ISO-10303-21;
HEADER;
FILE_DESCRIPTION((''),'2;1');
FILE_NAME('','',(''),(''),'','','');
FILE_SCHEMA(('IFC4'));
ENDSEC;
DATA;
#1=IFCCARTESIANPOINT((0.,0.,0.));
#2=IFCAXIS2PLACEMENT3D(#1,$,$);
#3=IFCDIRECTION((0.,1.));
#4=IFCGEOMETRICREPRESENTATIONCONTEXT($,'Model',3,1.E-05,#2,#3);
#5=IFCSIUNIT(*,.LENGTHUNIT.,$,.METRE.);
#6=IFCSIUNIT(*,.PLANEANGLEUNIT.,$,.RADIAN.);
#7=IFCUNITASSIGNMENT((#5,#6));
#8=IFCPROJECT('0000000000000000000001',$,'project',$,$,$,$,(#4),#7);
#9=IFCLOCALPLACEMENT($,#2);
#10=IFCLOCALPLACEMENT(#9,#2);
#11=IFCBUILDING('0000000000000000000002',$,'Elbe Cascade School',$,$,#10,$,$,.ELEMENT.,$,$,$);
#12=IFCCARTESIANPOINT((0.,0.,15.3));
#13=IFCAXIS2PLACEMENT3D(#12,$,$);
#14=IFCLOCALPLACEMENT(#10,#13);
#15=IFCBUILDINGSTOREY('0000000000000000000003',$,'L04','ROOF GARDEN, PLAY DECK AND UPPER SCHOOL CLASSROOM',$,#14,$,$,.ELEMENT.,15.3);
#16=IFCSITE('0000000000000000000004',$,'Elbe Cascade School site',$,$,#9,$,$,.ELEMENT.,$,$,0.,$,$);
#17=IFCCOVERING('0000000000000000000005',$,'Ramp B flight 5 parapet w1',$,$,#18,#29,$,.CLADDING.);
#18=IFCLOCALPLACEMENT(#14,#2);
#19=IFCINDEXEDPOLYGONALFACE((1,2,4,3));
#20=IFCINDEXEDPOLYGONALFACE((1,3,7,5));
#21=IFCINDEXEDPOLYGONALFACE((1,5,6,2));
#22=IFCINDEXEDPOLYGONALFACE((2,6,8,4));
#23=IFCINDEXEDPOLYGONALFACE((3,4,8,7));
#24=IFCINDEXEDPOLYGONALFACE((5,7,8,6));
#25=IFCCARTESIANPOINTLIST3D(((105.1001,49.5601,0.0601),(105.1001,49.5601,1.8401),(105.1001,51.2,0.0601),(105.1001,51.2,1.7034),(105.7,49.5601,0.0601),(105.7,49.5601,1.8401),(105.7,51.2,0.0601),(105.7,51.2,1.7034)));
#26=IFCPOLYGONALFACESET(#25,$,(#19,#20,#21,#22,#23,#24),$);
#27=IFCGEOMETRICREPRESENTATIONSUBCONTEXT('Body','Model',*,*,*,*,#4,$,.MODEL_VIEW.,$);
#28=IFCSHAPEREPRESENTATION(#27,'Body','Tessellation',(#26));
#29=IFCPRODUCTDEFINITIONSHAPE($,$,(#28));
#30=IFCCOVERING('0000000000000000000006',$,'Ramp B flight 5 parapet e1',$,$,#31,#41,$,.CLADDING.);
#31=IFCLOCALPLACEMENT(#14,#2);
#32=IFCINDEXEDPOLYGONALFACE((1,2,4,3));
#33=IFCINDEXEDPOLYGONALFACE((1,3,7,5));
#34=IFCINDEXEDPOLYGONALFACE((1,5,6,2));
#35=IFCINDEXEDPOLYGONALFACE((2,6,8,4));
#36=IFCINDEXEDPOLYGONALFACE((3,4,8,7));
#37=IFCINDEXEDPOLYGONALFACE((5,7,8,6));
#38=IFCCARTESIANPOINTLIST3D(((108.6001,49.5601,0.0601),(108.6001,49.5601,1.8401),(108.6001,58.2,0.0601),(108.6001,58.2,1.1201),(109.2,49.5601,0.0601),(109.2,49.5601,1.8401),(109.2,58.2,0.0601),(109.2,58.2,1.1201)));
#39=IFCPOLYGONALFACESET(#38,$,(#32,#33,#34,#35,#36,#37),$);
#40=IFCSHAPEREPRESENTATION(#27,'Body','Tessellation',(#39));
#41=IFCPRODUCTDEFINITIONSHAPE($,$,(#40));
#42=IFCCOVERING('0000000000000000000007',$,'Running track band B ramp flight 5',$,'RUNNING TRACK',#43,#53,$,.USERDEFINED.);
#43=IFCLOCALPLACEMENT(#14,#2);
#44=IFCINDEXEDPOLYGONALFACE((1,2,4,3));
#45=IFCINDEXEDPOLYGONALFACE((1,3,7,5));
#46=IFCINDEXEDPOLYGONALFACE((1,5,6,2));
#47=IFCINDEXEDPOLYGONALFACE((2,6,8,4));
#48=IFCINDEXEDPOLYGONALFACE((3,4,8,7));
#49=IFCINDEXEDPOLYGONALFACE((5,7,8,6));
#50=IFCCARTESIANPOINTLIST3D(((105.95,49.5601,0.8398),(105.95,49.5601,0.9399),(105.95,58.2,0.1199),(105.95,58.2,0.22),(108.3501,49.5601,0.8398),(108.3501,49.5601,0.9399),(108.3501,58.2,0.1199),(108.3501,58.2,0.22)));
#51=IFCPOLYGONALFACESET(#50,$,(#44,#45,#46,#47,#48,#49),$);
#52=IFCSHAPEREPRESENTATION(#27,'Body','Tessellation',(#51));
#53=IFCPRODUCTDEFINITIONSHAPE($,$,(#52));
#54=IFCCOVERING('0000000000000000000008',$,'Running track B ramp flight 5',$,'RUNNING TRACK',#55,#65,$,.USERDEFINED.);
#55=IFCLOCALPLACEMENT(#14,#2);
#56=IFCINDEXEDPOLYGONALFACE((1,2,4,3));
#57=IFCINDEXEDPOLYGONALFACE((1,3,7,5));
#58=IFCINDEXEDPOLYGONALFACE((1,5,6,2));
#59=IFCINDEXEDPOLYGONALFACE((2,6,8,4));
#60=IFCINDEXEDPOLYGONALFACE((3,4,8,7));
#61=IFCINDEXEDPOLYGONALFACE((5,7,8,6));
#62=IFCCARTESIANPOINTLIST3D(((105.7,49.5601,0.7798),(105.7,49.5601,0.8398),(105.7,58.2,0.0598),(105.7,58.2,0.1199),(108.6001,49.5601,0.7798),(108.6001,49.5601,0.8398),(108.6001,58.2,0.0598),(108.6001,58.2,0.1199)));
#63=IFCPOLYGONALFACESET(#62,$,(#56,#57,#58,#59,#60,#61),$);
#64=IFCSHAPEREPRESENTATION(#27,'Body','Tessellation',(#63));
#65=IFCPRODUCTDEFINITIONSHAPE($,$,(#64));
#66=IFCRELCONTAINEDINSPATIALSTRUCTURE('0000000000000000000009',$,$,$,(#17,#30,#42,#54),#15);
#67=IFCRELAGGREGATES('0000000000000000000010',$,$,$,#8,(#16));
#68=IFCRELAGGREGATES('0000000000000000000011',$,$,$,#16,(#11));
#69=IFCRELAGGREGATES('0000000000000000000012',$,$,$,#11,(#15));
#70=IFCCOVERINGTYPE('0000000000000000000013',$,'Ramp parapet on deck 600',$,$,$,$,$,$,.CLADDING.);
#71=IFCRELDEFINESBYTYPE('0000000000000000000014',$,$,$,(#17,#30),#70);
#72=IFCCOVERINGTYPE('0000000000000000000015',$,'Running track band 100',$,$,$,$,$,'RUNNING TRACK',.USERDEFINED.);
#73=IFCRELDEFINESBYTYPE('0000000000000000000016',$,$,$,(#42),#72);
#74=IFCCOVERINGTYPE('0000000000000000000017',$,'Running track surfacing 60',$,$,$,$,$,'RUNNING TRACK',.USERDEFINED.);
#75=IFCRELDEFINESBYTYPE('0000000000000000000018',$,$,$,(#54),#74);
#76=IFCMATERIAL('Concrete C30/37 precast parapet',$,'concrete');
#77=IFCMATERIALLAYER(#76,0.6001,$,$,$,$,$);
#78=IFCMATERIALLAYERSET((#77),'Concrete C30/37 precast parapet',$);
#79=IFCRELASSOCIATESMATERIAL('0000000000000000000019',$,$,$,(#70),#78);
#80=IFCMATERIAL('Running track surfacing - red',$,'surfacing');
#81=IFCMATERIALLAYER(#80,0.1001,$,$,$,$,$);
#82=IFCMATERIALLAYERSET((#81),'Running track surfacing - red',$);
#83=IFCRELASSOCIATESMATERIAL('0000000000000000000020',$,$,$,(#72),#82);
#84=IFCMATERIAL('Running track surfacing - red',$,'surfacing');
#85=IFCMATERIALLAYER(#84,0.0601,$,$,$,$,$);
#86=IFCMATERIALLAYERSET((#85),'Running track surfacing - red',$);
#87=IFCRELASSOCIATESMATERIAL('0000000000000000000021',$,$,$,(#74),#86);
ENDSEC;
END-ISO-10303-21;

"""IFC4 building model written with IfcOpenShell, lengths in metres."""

from ifc_helpers import new_model, si_unit, direction, frame, origin, place, context, subcontext, project, spatial, polyline, outline, extrude, material, layer, layer_set, type_object, element, save


model = new_model("IFC4")

# Units and contexts
model_context = context("Model", 3, precision=1e-05, world=origin(), true_north=direction((0.0, 1.0)))
body_context = subcontext(model_context, "Body", "Model", "MODEL_VIEW")
ifc_project = project(units=[si_unit("LENGTHUNIT", "METRE"), si_unit("PLANEANGLEUNIT", "RADIAN")], contexts=[model_context])

# Site, building, storey
site_placement = place(None, origin())
site = spatial("IfcSite", under=ifc_project, at=site_placement, Name="Elbe Cascade School site", CompositionType="ELEMENT", RefElevation=0.0)
building_placement = place(site_placement, origin())
building = spatial("IfcBuilding", under=site, at=building_placement, Name="Elbe Cascade School", CompositionType="ELEMENT")
storey_placement = place(building_placement, frame((0.0, 0.0, 15.3)))
storey = spatial("IfcBuildingStorey", under=building, at=storey_placement, Name="L04", Description="ROOF GARDEN, PLAY DECK AND UPPER SCHOOL CLASSROOM", CompositionType="ELEMENT", Elevation=15.3)

# Coverings
ifc_material_1 = material(Name="Concrete C30/37 precast parapet", Category="concrete")
ifc_layer_1 = layer(ifc_material_1, 0.6001)
ifc_layer_set_1 = layer_set([ifc_layer_1], Name="Concrete C30/37 precast parapet")
covering_type_1 = type_object("IfcCoveringType", Name="Ramp parapet on deck 600", PredefinedType="CLADDING", material=ifc_layer_set_1)
covering_1_placement = place(storey_placement, frame((105.1001, 49.5601, 0.0601), z_axis=(1.0, 0.0, 0.0), x_axis=(0.0, 1.0, 0.0)))
element("IfcCovering", 1, at=covering_1_placement, inside=storey, type_object=covering_type_1, Name="Ramp B flight 5 parapet w1", PredefinedType="CLADDING", context=body_context, shape_type="SweptSolid", body=[
    extrude(outline(polyline([(0.0, 0.0), (1.6399, 0.0), (1.6399, 1.6433), (0.0, 1.78), (0.0, 0.0)])), origin(), (0.0, 0.0, 1.0), 0.5999),
])
covering_2_placement = place(storey_placement, frame((108.6001, 49.5601, 0.0601), z_axis=(1.0, 0.0, 0.0), x_axis=(0.0, 1.0, 0.0)))
element("IfcCovering", 2, at=covering_2_placement, inside=storey, type_object=covering_type_1, Name="Ramp B flight 5 parapet e1", PredefinedType="CLADDING", context=body_context, shape_type="SweptSolid", body=[
    extrude(outline(polyline([(0.0, 0.0), (8.6399, 0.0), (8.6399, 1.0601), (0.0, 1.78), (0.0, 0.0)])), origin(), (0.0, 0.0, 1.0), 0.5999),
])
ifc_material_2 = material(Name="Running track surfacing - red", Category="surfacing")
ifc_layer_2 = layer(ifc_material_2, 0.1001)
ifc_layer_set_2 = layer_set([ifc_layer_2], Name="Running track surfacing - red")
covering_type_2 = type_object("IfcCoveringType", Name="Running track band 100", ElementType="RUNNING TRACK", PredefinedType="USERDEFINED", material=ifc_layer_set_2)
covering_3_placement = place(storey_placement, frame((105.95, 49.5601, 0.9399), z_axis=(0.0, 0.083043, 0.996546), x_axis=(0.0, 0.996546, -0.083043)))
element("IfcCovering", 3, at=covering_3_placement, inside=storey, type_object=covering_type_2, Name="Running track band B ramp flight 5", ObjectType="RUNNING TRACK", PredefinedType="USERDEFINED", context=body_context, shape_type="SweptSolid", body=[
    extrude(outline(polyline([(0.0, 0.0), (8.6698, 0.0), (8.6698, -2.4001), (0.0, -2.4001), (0.0, 0.0)])), origin(), (0.083043, 0.0, -0.996546), 0.1001),
])
ifc_material_3 = material(Name="Running track surfacing - red", Category="surfacing")
ifc_layer_3 = layer(ifc_material_3, 0.0601)
ifc_layer_set_3 = layer_set([ifc_layer_3], Name="Running track surfacing - red")
covering_type_3 = type_object("IfcCoveringType", Name="Running track surfacing 60", ElementType="RUNNING TRACK", PredefinedType="USERDEFINED", material=ifc_layer_set_3)
covering_4_placement = place(storey_placement, frame((105.7, 49.5601, 0.8398), z_axis=(0.0, 0.083043, 0.996546), x_axis=(0.0, 0.996546, -0.083043)))
element("IfcCovering", 4, at=covering_4_placement, inside=storey, type_object=covering_type_3, Name="Running track B ramp flight 5", ObjectType="RUNNING TRACK", PredefinedType="USERDEFINED", context=body_context, shape_type="SweptSolid", body=[
    extrude(outline(polyline([(0.0, 0.0), (8.6698, 0.0), (8.6698, -2.9001), (0.0, -2.9001), (0.0, 0.0)])), origin(), (0.083043, 0.0, -0.996546), 0.0601),
])

save(model, "model.ifc")
